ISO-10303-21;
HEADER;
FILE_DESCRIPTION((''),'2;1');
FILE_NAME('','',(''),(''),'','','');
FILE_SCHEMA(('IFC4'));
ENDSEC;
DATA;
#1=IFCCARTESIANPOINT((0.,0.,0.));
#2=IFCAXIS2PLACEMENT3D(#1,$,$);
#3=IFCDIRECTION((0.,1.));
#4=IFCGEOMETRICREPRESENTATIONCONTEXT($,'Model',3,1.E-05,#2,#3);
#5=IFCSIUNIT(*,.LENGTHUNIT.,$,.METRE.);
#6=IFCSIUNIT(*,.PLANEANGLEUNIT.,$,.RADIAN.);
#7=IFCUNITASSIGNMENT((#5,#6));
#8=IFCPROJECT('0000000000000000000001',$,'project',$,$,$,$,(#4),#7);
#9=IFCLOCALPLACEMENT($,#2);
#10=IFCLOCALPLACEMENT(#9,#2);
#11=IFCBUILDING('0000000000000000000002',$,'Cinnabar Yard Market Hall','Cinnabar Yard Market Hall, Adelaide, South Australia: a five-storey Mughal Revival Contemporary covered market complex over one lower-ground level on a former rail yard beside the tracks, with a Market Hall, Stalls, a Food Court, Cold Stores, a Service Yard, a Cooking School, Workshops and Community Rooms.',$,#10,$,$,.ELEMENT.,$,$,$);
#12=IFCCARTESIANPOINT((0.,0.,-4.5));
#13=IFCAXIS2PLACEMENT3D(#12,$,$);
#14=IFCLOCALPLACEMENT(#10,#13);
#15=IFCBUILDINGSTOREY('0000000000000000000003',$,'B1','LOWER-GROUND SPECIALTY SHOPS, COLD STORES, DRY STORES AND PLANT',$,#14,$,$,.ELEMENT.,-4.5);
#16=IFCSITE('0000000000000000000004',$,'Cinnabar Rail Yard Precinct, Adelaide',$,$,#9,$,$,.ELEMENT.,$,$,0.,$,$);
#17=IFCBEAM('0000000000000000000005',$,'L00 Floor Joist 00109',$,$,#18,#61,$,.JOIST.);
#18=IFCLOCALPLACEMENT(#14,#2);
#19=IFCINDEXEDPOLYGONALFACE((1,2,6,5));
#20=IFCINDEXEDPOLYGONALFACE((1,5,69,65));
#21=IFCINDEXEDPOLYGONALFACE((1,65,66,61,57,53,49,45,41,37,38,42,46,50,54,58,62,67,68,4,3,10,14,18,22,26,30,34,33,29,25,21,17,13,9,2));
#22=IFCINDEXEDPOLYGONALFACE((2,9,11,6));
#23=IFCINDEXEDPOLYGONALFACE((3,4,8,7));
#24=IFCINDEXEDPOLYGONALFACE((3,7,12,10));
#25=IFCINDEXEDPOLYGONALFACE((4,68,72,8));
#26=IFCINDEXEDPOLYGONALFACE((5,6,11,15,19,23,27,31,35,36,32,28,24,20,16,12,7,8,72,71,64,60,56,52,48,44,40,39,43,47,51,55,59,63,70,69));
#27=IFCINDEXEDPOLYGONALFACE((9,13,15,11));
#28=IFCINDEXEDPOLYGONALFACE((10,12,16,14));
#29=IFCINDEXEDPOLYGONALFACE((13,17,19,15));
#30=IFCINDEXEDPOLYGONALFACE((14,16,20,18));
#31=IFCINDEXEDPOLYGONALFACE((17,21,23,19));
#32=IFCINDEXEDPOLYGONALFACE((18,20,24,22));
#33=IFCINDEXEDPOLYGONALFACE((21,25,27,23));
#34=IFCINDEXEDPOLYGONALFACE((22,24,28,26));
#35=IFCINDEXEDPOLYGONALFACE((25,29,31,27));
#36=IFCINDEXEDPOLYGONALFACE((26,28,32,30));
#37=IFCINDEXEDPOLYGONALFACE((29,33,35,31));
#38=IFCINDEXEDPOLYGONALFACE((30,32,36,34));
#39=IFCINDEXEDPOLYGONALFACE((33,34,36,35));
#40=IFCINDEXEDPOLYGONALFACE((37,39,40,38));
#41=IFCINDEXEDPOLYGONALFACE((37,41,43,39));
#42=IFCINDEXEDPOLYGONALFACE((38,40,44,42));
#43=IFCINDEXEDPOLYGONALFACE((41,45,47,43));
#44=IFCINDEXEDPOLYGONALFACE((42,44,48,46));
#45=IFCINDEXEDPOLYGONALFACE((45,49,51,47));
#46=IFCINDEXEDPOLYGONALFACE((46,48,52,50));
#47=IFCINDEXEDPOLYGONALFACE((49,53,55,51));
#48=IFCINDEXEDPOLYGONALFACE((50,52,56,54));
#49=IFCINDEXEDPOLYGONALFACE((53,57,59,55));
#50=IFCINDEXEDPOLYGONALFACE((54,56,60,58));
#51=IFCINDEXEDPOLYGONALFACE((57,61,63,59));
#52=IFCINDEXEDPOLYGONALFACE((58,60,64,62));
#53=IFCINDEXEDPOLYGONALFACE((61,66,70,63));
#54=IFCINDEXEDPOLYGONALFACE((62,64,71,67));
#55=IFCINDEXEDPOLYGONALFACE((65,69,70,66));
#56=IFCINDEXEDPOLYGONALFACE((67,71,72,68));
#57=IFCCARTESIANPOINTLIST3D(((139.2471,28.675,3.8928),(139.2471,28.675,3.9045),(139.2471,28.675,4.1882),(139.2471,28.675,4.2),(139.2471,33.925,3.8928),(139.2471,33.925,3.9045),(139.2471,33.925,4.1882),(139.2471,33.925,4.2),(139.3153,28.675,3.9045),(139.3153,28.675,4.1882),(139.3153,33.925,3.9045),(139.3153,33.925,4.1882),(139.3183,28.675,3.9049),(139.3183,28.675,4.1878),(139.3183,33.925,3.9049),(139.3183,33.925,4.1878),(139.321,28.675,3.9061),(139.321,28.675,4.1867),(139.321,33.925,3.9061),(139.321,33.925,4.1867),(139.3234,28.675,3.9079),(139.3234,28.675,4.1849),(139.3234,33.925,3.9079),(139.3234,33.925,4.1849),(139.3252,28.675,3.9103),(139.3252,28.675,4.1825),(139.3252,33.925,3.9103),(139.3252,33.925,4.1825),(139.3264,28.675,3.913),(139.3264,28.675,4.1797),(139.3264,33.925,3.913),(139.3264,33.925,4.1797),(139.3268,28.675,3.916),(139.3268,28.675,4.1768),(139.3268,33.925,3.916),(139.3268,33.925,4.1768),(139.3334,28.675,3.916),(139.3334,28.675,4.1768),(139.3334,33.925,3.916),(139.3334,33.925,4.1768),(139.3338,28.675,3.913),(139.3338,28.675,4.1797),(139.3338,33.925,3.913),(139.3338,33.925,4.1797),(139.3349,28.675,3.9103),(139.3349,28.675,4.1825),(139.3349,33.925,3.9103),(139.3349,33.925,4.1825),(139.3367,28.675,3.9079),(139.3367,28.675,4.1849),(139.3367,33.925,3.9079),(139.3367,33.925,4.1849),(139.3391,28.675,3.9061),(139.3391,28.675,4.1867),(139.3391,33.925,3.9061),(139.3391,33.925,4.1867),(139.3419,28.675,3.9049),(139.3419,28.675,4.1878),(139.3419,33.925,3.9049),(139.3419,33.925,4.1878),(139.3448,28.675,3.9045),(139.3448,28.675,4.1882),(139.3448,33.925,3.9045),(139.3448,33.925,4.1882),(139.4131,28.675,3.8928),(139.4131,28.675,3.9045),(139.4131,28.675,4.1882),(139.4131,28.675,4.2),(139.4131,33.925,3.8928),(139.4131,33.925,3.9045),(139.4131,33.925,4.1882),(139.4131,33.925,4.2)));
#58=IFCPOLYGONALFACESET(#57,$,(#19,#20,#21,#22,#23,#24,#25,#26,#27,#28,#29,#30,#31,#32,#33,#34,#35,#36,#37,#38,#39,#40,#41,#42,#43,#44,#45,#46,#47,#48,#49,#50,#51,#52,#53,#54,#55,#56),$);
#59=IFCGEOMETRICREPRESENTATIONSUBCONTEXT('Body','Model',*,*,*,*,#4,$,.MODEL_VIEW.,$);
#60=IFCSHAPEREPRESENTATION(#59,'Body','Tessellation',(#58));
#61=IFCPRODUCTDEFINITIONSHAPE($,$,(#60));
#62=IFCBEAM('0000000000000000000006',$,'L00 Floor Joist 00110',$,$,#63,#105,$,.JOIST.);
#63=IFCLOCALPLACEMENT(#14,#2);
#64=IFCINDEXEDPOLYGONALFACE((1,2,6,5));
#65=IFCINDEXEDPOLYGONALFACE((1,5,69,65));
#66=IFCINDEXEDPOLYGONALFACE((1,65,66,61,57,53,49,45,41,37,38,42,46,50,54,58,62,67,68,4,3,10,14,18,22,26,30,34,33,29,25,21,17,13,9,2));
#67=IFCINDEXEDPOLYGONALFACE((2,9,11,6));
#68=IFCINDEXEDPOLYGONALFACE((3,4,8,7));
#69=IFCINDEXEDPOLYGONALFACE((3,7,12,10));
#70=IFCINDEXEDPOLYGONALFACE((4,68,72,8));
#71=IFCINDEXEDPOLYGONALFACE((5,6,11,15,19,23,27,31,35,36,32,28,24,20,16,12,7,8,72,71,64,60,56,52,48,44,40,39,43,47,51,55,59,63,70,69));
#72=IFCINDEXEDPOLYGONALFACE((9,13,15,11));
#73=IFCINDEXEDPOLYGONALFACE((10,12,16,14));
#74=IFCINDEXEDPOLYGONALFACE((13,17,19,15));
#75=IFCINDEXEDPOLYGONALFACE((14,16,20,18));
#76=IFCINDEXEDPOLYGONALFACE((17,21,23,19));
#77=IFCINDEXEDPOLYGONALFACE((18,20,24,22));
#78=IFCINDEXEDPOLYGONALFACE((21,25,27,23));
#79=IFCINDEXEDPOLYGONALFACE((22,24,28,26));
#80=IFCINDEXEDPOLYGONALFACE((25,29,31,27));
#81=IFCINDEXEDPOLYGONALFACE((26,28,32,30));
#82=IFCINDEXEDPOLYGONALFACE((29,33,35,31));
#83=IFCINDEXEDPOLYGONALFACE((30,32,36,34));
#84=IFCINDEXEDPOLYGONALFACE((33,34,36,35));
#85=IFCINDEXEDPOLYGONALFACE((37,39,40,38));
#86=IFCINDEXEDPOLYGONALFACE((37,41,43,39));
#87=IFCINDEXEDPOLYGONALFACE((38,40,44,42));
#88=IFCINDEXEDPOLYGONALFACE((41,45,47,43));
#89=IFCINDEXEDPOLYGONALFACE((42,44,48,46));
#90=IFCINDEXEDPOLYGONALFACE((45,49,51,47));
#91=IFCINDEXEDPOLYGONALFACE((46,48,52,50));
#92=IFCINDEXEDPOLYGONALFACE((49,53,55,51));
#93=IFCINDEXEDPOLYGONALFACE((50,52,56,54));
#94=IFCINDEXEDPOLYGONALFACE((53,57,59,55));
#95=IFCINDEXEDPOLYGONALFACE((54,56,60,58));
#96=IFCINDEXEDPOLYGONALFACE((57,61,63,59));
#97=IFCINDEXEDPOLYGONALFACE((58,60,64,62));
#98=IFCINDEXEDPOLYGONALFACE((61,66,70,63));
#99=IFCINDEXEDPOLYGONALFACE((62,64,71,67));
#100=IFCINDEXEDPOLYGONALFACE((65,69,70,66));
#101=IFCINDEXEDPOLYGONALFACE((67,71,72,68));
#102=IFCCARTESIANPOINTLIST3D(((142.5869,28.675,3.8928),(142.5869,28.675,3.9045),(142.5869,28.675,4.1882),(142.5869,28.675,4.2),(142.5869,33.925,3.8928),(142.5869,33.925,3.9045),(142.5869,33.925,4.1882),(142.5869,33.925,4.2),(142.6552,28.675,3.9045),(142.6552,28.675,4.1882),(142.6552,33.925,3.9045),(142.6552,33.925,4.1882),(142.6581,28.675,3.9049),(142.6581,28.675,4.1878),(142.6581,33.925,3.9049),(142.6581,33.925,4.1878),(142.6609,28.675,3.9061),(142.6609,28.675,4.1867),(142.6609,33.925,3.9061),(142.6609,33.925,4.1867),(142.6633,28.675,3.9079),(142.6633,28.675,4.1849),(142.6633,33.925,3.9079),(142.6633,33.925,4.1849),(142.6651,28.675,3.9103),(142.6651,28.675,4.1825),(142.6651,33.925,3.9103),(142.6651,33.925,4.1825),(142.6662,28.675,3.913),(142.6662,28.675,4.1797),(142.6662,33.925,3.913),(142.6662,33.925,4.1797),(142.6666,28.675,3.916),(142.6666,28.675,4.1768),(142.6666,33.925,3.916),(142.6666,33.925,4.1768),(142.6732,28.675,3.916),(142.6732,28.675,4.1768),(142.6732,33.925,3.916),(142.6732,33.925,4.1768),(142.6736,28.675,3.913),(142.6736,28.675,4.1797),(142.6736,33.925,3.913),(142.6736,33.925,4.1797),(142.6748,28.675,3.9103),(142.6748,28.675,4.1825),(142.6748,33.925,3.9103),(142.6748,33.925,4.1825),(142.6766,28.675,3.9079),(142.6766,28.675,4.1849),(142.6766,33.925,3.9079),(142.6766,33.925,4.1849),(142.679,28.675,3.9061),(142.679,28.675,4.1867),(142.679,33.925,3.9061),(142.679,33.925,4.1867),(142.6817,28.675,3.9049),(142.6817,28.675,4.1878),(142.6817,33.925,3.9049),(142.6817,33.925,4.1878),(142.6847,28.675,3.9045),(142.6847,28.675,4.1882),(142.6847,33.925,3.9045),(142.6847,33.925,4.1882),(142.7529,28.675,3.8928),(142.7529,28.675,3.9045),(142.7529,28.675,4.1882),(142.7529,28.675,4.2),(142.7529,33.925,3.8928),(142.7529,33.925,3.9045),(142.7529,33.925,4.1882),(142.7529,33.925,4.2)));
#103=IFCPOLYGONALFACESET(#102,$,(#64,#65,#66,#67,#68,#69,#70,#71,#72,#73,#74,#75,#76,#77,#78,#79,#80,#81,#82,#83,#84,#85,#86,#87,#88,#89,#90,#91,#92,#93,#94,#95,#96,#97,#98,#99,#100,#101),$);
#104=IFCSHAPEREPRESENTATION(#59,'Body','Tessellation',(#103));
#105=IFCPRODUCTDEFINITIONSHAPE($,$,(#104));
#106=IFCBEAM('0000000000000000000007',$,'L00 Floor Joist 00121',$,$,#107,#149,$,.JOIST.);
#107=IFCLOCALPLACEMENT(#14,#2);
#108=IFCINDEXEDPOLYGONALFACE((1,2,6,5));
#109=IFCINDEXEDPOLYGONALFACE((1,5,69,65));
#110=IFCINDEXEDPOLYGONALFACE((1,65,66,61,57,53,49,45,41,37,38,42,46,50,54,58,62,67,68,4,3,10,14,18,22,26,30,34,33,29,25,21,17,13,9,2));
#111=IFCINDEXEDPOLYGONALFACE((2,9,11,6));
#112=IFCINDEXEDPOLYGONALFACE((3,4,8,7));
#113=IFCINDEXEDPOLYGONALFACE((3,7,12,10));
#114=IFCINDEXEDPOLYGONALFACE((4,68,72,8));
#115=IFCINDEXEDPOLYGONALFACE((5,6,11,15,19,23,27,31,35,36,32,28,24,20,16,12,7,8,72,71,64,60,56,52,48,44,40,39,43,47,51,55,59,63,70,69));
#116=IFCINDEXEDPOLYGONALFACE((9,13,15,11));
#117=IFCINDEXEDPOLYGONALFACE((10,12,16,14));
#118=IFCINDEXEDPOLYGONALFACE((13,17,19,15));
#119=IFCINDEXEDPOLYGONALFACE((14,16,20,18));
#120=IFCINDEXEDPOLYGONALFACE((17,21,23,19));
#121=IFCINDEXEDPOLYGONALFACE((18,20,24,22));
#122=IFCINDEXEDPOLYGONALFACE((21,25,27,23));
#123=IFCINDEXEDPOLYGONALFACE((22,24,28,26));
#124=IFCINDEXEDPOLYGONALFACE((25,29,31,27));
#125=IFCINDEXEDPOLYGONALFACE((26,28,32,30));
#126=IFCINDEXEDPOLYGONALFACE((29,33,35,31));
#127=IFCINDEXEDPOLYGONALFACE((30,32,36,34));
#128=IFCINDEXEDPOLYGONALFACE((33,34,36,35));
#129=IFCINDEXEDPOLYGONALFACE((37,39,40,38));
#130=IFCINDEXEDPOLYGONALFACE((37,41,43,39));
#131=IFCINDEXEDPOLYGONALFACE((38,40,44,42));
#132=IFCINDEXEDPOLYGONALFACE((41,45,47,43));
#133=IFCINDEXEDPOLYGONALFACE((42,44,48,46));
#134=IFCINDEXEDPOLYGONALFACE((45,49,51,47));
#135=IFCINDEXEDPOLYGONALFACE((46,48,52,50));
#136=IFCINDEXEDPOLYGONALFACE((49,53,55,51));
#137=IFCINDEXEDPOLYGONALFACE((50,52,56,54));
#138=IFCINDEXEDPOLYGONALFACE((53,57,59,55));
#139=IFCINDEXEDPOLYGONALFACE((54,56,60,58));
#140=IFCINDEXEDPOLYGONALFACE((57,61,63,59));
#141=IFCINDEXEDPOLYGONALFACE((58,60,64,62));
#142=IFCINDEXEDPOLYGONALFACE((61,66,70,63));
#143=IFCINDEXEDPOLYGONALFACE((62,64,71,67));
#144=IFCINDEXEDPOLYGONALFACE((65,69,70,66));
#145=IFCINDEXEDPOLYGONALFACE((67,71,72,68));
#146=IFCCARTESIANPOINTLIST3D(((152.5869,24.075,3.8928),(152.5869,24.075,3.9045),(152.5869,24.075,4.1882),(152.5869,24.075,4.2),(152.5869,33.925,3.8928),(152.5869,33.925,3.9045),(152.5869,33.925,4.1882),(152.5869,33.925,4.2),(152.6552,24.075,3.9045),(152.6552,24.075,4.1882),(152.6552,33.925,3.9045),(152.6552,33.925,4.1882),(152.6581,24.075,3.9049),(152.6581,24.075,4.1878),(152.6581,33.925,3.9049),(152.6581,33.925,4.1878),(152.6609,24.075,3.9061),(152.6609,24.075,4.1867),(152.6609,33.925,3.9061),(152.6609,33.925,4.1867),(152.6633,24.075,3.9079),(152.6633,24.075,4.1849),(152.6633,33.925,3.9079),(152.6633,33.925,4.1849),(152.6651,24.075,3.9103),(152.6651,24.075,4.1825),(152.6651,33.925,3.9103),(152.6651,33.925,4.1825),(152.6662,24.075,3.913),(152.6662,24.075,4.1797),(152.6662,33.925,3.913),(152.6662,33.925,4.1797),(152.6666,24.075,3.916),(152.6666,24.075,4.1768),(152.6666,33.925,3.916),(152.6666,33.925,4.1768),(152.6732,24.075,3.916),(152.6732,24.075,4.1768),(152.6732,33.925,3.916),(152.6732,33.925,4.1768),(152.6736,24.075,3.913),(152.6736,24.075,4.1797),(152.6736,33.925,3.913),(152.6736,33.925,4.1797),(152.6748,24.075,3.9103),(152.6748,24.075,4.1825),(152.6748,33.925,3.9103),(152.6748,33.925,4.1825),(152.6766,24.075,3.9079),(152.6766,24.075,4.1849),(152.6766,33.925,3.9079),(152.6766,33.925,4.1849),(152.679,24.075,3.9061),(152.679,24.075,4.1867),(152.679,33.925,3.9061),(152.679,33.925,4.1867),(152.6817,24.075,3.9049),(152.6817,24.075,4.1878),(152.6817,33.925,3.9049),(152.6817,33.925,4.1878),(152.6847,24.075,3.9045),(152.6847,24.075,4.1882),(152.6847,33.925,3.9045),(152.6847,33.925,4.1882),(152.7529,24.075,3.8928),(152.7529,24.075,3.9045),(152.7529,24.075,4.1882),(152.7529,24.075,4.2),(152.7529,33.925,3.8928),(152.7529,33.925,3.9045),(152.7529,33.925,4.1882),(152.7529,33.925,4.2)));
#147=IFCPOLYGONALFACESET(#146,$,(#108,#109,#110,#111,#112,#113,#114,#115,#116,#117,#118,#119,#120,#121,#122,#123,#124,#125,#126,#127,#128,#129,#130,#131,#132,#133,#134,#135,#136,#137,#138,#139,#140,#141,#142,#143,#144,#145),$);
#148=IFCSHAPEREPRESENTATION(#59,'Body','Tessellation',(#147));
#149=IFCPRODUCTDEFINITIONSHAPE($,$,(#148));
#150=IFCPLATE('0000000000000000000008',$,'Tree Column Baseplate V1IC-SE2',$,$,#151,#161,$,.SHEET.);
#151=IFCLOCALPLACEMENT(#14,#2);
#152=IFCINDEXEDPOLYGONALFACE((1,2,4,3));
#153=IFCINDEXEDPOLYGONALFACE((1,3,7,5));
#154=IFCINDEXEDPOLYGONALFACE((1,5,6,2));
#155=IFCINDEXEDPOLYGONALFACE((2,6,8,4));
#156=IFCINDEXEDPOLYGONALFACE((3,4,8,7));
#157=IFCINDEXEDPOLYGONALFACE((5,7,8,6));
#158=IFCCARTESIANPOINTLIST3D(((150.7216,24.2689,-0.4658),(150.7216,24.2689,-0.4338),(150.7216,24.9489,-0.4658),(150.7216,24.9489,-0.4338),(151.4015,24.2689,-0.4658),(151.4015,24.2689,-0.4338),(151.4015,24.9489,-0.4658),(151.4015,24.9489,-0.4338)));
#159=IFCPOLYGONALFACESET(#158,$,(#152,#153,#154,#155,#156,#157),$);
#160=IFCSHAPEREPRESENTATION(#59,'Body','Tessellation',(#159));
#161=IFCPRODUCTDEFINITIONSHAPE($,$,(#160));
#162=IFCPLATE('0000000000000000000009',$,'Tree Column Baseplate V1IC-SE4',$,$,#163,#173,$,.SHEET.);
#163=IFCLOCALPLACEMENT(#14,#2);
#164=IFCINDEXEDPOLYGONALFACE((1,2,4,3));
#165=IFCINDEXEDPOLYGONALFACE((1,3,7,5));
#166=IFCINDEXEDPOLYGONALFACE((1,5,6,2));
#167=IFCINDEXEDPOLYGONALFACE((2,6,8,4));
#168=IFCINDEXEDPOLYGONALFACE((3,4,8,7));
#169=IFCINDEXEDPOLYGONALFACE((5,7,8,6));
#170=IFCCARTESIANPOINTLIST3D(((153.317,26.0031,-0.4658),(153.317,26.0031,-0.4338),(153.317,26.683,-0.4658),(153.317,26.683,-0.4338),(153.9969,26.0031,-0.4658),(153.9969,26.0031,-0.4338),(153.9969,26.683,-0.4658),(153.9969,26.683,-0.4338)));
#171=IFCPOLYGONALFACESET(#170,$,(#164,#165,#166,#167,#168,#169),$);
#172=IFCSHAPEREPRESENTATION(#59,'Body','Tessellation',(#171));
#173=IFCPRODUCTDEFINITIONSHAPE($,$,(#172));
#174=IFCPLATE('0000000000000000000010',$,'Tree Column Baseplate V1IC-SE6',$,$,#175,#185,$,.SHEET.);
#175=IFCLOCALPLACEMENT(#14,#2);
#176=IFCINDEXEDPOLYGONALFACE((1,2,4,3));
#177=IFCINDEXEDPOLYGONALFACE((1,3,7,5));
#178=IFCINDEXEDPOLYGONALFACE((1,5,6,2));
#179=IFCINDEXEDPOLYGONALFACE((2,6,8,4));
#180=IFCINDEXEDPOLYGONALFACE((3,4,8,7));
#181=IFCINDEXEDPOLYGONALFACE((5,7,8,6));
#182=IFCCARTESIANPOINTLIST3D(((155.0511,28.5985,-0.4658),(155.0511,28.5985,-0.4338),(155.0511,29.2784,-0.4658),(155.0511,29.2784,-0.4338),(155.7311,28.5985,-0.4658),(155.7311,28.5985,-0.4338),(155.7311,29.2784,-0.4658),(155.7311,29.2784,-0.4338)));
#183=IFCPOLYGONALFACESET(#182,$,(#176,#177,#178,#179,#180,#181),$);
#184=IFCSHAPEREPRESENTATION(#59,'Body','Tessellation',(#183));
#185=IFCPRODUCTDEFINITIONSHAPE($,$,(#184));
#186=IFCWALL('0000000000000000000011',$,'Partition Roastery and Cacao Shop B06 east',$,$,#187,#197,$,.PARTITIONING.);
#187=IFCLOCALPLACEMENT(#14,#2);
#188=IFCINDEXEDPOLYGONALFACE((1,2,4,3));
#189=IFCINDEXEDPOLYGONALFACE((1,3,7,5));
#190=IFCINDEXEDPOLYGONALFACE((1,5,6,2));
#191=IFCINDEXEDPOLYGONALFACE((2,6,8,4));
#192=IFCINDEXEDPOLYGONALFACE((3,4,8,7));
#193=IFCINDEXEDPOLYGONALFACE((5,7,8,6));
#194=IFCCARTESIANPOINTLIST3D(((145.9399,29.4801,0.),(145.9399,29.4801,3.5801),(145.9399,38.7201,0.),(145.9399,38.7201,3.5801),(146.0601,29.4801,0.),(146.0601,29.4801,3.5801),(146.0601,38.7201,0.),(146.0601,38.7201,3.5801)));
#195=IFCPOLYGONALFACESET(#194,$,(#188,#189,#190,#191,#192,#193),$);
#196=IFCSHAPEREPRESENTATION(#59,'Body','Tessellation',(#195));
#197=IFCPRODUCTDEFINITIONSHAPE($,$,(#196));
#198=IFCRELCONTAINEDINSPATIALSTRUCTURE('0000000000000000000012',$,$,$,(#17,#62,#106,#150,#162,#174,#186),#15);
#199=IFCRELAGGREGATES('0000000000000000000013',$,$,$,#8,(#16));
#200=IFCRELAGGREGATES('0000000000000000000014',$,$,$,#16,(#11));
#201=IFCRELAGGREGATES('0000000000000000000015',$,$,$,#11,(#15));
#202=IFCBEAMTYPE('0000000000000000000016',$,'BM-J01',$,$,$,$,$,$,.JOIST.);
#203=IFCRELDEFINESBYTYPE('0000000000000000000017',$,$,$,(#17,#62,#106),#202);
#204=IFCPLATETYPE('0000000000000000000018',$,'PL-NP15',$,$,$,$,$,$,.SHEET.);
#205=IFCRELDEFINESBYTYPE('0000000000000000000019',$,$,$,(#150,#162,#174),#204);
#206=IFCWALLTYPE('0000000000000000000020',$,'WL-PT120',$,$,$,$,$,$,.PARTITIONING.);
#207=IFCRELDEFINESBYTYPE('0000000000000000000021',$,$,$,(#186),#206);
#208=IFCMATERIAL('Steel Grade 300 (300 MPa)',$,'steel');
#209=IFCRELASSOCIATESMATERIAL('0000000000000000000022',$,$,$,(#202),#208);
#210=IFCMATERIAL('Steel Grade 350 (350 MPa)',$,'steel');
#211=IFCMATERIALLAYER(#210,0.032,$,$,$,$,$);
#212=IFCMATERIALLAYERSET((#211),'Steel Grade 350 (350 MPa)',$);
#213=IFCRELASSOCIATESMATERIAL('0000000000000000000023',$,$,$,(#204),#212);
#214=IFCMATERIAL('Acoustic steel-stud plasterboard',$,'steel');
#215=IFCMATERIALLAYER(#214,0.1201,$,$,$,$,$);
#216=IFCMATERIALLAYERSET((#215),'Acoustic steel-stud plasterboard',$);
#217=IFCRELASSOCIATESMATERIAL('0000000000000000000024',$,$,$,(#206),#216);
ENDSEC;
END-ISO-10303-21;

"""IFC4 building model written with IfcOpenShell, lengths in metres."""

from ifc_helpers import new_model, si_unit, direction, frame, frame_2d, origin, origin_2d_with_axis, place, context, subcontext, project, spatial, rectangle, i_section, extrude, material, layer, layer_set, material_profile, profile_set, type_object, element, save


model = new_model("IFC4")

# Units and contexts
model_context = context("Model", 3, precision=1e-05, world=origin(), true_north=direction((0.0, 1.0)))
body_context = subcontext(model_context, "Body", "Model", "MODEL_VIEW")
ifc_project = project(units=[si_unit("LENGTHUNIT", "METRE"), si_unit("PLANEANGLEUNIT", "RADIAN")], contexts=[model_context])

# Site, building, storey
site_placement = place(None, origin())
site = spatial("IfcSite", under=ifc_project, at=site_placement, Name="Cinnabar Rail Yard Precinct, Adelaide", CompositionType="ELEMENT", RefElevation=0.0)
building_placement = place(site_placement, origin())
building = spatial("IfcBuilding", under=site, at=building_placement, Name="Cinnabar Yard Market Hall", Description="Cinnabar Yard Market Hall, Adelaide, South Australia: a five-storey Mughal Revival Contemporary covered market complex over one lower-ground level on a former rail yard beside the tracks, with a Market Hall, Stalls, a Food Court, Cold Stores, a Service Yard, a Cooking School, Workshops and Community Rooms.", CompositionType="ELEMENT")
storey_placement = place(building_placement, frame((0.0, 0.0, -4.5)))
storey = spatial("IfcBuildingStorey", under=building, at=storey_placement, Name="B1", Description="LOWER-GROUND SPECIALTY SHOPS, COLD STORES, DRY STORES AND PLANT", CompositionType="ELEMENT", Elevation=-4.5)

# Beams
ifc_material_1 = material(Name="Steel Grade 300 (300 MPa)", Category="steel")
ifc_material_profile_1 = material_profile(ifc_material_1, i_section(OverallWidth=0.166, OverallDepth=0.3071, WebThickness=0.0066, FlangeThickness=0.0117, FilletRadius=0.0115, at=origin_2d_with_axis()), Name="310UB46.2")
ifc_profile_set_1 = profile_set([ifc_material_profile_1], Name="Steel Grade 300 (300 MPa)")
beam_type = type_object("IfcBeamType", Name="BM-J01", PredefinedType="JOIST", material=ifc_profile_set_1)
for number, where, z_axis, x_axis, name in (
    (1, (139.3301, 28.675, 4.0464), (0.0, 1.0, 0.0), (-1.0, 0.0, 0.0), "L00 Floor Joist 00109"),
    (2, (142.6699, 28.675, 4.0464), (0.0, 1.0, 0.0), (-1.0, 0.0, 0.0), "L00 Floor Joist 00110"),
):
    element("IfcBeam", number, at=place(storey_placement, frame(where, z_axis=z_axis, x_axis=x_axis)), inside=storey, type_object=beam_type, Name=name, PredefinedType="JOIST", context=body_context, shape_type="SweptSolid", body=[
        extrude(i_section(OverallWidth=0.166, OverallDepth=0.3071, WebThickness=0.0066, FlangeThickness=0.0117, FilletRadius=0.0115, at=origin_2d_with_axis()), origin(), (0.0, 0.0, 1.0), 5.25),
    ])
beam_placement = place(storey_placement, frame((152.6699, 24.075, 4.0464), z_axis=(0.0, 1.0, 0.0), x_axis=(-1.0, 0.0, 0.0)))
element("IfcBeam", 3, at=beam_placement, inside=storey, type_object=beam_type, Name="L00 Floor Joist 00121", PredefinedType="JOIST", context=body_context, shape_type="SweptSolid", body=[
    extrude(i_section(OverallWidth=0.166, OverallDepth=0.3071, WebThickness=0.0066, FlangeThickness=0.0117, FilletRadius=0.0115, at=origin_2d_with_axis()), origin(), (0.0, 0.0, 1.0), 9.8501),
])

# Plates
ifc_material_2 = material(Name="Steel Grade 350 (350 MPa)", Category="steel")
ifc_layer_1 = layer(ifc_material_2, 0.032)
ifc_layer_set_1 = layer_set([ifc_layer_1], Name="Steel Grade 350 (350 MPa)")
plate_type = type_object("IfcPlateType", Name="PL-NP15", PredefinedType="SHEET", material=ifc_layer_set_1)
for number, where, z_axis, x_axis, name in (
    (4, (151.0615, 24.6089, -0.4658), (0.0, 0.0, 1.0), (1.0, 0.0, 0.0), "Tree Column Baseplate V1IC-SE2"),
    (5, (153.657, 26.343, -0.4658), (0.0, 0.0, 1.0), (1.0, 0.0, 0.0), "Tree Column Baseplate V1IC-SE4"),
    (6, (155.3911, 28.9385, -0.4658), (0.0, 0.0, 1.0), (1.0, 0.0, 0.0), "Tree Column Baseplate V1IC-SE6"),
):
    element("IfcPlate", number, at=place(storey_placement, frame(where, z_axis=z_axis, x_axis=x_axis)), inside=storey, type_object=plate_type, Name=name, PredefinedType="SHEET", context=body_context, shape_type="SweptSolid", body=[
        extrude(rectangle(XDim=0.6799, YDim=0.6799, at=origin_2d_with_axis()), origin(), (0.0, 0.0, 1.0), 0.032),
    ])

# Wall
ifc_material_3 = material(Name="Acoustic steel-stud plasterboard", Category="steel")
ifc_layer_2 = layer(ifc_material_3, 0.1201)
ifc_layer_set_2 = layer_set([ifc_layer_2], Name="Acoustic steel-stud plasterboard")
wall_type_1 = type_object("IfcWallType", Name="WL-PT120", PredefinedType="PARTITIONING", material=ifc_layer_set_2)
wall_1_placement = place(storey_placement, frame((146.0, 29.48, 0.0), z_axis=(0.0, 0.0, 1.0), x_axis=(0.0, 1.0, 0.0)))
element("IfcWall", 7, at=wall_1_placement, inside=storey, type_object=wall_type_1, Name="Partition Roastery and Cacao Shop B06 east", PredefinedType="PARTITIONING", context=body_context, shape_type="SweptSolid", body=[
    extrude(rectangle(XDim=9.24, YDim=0.1201, at=frame_2d((4.6201, 0.0), x_axis=(1.0, 0.0))), origin(), (0.0, 0.0, 1.0), 3.5801),
])

save(model, "model.ifc")
